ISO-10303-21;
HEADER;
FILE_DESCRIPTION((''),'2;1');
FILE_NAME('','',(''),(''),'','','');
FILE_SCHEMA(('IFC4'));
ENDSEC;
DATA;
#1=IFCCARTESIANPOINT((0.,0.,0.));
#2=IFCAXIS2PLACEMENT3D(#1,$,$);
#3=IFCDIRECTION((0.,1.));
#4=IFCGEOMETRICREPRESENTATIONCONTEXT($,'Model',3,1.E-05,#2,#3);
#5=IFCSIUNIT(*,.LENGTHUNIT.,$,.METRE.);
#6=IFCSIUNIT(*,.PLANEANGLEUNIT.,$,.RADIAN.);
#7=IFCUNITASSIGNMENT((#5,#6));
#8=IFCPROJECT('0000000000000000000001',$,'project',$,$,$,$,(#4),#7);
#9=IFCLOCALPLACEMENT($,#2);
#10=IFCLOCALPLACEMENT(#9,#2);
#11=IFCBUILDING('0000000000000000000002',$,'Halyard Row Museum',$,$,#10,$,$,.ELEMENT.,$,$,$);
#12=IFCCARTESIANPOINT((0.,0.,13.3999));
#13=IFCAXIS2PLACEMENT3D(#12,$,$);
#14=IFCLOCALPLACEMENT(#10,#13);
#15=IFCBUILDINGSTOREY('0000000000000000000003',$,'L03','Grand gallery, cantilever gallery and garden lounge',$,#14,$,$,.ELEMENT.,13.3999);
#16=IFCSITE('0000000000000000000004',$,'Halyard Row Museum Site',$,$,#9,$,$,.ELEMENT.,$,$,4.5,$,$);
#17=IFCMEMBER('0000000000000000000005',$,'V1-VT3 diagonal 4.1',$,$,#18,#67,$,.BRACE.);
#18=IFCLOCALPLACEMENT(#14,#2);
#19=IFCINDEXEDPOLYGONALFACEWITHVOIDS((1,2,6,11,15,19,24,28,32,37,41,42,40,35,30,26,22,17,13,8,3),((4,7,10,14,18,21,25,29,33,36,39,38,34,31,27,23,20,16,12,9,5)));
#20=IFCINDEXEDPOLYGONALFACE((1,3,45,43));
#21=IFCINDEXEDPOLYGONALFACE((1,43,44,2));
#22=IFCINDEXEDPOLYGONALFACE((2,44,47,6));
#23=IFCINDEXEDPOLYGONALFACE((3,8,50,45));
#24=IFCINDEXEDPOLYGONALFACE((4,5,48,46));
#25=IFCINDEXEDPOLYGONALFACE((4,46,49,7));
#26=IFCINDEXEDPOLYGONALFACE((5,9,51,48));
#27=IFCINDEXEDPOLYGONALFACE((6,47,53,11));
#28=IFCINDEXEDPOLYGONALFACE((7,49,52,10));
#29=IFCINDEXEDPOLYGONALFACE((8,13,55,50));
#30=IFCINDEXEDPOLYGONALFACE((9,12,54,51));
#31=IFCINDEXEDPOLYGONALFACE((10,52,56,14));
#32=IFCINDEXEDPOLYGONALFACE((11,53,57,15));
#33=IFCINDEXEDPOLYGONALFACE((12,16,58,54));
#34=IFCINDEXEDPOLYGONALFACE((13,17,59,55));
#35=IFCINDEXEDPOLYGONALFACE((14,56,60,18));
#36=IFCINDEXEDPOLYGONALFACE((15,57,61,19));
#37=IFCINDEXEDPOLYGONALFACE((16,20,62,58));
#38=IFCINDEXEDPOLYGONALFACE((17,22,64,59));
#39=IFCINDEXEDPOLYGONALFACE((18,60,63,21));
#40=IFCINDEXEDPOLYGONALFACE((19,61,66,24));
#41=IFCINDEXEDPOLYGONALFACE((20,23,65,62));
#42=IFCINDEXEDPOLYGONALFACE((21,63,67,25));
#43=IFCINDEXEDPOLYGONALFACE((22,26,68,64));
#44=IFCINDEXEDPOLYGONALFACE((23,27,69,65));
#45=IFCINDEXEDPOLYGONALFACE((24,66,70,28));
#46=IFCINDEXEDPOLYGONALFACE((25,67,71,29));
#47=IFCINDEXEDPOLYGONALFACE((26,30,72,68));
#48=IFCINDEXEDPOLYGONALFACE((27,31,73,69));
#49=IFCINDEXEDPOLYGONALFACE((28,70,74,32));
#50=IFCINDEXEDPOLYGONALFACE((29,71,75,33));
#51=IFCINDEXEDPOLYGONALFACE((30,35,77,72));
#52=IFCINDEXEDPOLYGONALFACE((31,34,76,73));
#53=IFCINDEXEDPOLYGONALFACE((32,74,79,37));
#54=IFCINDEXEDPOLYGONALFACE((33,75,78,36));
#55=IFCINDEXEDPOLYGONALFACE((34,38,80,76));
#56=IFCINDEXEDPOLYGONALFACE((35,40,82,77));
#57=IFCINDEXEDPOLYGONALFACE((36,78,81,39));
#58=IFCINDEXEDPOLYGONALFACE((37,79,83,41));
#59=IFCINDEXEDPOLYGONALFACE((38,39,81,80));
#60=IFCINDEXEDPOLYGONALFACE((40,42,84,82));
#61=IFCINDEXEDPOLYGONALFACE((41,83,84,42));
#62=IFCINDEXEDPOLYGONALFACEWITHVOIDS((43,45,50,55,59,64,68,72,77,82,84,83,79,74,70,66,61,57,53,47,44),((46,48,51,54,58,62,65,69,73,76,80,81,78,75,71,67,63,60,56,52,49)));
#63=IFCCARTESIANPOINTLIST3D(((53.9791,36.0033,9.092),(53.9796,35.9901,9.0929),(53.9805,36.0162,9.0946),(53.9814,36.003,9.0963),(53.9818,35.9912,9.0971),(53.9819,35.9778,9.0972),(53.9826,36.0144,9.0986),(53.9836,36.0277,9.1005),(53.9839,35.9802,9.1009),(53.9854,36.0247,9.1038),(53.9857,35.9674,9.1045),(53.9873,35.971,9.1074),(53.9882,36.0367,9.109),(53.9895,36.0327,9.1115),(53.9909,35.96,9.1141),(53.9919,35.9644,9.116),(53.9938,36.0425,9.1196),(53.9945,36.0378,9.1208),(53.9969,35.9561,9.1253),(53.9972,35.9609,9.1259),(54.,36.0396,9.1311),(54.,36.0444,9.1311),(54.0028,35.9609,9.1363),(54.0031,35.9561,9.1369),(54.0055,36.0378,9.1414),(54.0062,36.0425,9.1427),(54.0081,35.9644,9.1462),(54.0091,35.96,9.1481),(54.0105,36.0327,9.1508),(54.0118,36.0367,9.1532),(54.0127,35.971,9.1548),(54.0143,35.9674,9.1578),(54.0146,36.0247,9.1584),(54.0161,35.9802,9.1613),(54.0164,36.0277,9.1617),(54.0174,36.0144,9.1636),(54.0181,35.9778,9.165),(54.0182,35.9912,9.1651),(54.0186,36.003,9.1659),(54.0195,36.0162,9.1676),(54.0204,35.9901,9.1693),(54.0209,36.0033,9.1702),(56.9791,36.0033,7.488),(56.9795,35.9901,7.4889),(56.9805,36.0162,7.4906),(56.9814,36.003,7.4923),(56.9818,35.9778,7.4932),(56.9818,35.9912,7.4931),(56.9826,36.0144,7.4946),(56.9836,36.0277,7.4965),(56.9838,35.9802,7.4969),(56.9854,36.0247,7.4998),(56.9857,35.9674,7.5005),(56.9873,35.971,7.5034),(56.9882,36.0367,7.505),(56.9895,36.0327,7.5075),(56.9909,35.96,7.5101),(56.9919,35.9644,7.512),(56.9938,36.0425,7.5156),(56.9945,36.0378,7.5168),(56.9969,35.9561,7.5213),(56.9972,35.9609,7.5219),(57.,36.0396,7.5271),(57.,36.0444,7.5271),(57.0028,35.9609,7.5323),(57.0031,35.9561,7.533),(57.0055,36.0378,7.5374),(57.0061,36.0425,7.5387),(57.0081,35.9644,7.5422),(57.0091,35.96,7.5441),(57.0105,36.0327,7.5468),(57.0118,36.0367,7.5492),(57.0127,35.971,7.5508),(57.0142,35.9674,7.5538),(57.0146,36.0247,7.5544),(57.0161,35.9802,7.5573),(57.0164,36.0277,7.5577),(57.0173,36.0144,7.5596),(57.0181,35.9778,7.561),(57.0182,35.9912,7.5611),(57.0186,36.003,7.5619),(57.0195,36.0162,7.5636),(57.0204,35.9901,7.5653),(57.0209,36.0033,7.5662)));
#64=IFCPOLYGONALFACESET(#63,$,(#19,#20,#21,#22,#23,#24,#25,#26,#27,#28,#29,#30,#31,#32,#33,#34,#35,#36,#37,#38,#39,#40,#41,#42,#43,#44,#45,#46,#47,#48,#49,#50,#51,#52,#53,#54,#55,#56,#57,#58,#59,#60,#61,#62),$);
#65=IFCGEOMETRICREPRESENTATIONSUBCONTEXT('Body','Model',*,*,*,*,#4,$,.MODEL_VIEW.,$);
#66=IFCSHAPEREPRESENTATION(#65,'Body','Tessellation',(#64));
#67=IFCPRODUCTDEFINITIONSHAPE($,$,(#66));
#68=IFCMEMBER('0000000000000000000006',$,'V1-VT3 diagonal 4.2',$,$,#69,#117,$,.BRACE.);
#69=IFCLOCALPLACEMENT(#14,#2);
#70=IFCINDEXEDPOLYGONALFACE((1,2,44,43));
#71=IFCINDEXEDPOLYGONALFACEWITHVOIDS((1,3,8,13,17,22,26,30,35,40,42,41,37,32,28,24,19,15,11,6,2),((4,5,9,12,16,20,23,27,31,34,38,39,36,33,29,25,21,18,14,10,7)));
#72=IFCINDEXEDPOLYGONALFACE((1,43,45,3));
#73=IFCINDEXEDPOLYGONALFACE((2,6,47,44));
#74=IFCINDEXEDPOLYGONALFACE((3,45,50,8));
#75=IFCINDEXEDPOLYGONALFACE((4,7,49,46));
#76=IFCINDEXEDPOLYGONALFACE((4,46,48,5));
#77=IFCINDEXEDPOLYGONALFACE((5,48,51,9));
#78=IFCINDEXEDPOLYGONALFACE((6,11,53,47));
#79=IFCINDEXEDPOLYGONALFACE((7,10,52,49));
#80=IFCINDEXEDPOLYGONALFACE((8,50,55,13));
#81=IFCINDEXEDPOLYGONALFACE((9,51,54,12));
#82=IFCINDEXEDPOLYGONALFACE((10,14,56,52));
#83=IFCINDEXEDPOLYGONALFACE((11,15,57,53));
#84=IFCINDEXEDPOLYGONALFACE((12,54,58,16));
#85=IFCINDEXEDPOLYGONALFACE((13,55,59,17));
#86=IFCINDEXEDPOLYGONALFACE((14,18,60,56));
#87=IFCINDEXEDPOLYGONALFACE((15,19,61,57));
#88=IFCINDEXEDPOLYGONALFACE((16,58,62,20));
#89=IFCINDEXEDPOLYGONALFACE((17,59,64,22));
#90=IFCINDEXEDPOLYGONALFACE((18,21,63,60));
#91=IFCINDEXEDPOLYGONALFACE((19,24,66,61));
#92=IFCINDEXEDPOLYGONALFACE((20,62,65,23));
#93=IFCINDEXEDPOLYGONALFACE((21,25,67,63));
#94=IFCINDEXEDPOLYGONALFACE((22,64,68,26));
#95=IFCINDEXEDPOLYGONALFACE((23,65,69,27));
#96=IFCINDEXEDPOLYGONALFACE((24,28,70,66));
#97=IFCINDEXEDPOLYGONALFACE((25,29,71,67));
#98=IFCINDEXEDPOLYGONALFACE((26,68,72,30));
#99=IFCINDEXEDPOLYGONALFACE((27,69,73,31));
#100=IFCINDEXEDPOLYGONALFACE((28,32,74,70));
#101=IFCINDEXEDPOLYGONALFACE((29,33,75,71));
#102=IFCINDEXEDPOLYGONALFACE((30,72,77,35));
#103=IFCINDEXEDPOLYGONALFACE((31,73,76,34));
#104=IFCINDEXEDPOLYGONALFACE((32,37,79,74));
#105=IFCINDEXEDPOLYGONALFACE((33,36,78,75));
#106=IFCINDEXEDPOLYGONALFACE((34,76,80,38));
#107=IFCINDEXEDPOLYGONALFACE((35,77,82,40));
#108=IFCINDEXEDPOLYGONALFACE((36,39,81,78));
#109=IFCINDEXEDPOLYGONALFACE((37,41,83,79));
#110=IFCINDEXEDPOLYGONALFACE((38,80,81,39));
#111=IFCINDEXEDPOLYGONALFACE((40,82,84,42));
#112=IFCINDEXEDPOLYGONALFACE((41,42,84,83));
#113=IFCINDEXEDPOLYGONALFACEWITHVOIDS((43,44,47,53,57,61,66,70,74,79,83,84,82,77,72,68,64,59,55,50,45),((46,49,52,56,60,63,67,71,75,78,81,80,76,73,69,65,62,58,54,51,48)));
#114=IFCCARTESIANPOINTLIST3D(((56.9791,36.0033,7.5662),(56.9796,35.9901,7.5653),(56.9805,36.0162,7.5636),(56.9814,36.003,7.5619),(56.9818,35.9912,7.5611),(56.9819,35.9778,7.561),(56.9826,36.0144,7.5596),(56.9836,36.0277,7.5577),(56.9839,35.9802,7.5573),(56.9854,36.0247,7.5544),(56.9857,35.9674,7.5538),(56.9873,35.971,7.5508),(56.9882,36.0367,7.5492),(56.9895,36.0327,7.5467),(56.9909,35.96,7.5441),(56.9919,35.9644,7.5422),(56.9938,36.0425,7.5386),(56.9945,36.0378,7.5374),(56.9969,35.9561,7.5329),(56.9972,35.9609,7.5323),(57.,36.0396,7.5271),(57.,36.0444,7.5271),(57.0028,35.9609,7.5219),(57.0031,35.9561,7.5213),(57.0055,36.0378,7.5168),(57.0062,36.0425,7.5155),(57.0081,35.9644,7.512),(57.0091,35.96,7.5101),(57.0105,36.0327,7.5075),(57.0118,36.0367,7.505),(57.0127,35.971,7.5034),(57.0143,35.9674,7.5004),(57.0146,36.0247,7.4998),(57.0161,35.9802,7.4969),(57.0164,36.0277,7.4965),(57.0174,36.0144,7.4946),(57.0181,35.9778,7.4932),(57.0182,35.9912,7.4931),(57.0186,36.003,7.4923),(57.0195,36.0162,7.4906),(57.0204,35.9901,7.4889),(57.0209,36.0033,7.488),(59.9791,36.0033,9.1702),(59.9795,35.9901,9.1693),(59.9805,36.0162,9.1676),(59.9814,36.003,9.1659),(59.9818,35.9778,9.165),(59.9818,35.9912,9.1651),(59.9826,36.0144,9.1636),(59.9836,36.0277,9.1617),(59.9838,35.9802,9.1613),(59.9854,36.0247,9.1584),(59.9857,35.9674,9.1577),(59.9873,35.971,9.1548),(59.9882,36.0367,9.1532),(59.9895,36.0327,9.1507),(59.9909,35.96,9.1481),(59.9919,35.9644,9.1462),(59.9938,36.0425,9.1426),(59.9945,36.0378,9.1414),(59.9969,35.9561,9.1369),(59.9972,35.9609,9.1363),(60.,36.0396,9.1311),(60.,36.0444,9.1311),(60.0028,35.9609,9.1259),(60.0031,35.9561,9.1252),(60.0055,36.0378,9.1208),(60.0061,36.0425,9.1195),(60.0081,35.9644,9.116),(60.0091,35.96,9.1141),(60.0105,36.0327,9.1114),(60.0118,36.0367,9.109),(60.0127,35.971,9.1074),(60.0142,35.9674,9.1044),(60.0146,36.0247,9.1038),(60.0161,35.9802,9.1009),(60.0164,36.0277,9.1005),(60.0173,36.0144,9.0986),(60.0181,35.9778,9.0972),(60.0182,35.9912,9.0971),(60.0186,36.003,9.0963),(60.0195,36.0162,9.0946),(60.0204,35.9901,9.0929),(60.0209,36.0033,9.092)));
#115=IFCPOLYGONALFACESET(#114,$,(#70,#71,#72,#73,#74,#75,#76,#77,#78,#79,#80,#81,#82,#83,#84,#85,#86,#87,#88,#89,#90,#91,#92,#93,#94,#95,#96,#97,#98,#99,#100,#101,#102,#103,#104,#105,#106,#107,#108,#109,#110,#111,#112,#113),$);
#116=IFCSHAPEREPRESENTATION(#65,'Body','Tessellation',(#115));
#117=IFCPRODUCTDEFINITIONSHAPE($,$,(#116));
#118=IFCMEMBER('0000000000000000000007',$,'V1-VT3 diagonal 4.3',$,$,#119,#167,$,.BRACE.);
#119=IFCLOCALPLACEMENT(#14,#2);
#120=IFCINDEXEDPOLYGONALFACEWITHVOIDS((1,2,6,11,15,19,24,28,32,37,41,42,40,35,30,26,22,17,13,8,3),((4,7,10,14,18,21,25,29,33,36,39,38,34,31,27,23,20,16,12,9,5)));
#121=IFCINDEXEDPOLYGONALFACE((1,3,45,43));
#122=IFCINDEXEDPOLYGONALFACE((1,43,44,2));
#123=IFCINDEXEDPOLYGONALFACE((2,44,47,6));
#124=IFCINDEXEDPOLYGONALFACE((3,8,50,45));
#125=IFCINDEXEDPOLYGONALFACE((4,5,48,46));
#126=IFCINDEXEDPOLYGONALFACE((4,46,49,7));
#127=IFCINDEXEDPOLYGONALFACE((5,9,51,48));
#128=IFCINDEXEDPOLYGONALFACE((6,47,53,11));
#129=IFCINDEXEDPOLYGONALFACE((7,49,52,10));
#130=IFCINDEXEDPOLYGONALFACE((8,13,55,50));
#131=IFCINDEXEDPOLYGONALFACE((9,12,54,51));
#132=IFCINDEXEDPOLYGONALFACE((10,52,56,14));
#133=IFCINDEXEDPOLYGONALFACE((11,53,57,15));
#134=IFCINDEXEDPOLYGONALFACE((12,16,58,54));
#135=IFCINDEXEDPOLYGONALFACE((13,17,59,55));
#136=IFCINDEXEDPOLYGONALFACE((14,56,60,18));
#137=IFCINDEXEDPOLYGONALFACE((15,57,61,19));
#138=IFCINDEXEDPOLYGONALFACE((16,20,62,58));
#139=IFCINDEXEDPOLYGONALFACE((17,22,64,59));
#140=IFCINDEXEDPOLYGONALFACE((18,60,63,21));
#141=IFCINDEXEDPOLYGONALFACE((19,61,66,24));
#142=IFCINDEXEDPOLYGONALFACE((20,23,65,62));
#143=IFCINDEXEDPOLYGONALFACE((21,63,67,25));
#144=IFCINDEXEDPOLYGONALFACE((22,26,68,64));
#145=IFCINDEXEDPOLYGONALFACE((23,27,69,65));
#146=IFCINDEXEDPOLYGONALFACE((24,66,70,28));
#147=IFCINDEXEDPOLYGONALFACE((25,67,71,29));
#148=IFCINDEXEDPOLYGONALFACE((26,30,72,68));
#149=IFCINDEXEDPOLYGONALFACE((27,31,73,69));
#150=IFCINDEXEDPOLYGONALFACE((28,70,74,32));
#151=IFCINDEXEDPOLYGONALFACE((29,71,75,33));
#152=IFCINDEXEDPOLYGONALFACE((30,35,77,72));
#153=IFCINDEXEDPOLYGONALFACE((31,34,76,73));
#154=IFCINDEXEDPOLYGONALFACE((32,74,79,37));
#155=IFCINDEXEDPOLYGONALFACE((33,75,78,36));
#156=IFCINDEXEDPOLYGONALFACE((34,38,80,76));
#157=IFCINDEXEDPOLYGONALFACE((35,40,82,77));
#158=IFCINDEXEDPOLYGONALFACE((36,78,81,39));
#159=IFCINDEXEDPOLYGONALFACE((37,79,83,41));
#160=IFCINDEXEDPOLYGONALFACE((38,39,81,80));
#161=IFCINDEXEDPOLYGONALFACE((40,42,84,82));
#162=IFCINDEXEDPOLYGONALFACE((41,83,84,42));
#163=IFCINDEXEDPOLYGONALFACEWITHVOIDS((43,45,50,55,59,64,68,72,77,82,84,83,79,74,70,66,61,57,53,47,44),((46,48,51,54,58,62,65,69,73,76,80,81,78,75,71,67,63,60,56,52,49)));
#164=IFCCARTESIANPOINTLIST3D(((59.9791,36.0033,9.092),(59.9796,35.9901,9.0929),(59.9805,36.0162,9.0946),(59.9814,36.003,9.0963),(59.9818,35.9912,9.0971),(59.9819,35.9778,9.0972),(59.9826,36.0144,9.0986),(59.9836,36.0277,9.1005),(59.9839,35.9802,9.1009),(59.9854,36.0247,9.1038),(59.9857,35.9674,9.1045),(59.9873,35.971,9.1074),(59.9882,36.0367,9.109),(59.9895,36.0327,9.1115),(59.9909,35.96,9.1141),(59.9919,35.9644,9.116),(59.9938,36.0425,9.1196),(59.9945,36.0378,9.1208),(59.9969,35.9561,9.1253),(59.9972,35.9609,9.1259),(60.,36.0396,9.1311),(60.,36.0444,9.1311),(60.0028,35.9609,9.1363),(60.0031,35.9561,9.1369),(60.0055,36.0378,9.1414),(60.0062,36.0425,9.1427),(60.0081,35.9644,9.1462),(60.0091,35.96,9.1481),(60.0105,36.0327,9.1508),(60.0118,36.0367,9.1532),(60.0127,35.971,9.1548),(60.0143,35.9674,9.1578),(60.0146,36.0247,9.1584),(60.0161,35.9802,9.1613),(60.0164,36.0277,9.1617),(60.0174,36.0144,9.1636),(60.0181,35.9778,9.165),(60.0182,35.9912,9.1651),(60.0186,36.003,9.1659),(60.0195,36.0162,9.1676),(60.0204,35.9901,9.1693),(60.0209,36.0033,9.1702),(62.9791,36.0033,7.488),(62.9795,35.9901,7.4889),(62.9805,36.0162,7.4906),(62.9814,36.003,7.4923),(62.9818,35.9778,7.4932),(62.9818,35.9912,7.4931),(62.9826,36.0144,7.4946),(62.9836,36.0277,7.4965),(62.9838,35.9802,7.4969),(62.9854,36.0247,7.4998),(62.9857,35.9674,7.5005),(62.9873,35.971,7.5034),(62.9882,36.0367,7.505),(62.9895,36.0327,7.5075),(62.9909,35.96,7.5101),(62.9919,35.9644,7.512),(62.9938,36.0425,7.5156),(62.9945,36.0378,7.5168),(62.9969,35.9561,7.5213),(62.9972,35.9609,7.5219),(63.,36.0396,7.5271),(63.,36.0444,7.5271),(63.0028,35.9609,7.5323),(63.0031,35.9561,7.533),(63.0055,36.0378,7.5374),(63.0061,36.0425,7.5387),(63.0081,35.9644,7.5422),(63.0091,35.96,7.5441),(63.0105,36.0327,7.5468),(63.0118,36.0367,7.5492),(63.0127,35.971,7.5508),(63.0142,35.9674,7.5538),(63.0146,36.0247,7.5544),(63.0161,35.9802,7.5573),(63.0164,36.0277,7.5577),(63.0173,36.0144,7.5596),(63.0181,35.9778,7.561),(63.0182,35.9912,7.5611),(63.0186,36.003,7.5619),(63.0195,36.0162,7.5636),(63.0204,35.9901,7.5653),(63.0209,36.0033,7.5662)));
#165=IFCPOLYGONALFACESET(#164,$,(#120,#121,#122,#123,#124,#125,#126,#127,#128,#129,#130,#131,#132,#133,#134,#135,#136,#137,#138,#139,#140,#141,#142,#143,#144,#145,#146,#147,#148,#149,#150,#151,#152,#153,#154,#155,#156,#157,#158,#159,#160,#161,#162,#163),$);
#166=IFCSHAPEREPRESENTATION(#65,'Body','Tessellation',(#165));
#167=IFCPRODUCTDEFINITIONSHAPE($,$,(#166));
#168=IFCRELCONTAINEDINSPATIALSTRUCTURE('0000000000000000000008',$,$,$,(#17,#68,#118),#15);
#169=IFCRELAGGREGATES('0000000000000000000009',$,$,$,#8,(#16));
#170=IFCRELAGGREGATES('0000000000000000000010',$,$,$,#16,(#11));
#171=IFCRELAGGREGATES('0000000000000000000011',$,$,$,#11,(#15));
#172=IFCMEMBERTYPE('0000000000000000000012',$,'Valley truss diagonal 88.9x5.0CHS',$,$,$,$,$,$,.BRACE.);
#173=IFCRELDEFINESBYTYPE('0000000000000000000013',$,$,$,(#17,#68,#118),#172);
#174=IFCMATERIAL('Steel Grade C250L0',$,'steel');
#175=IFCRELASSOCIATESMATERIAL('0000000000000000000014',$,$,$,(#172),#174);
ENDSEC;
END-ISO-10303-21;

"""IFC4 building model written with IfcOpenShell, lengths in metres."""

from ifc_helpers import new_model, si_unit, direction, frame, origin, origin_2d, place, context, subcontext, project, spatial, hollow_circle, extrude, material, material_profile, profile_set, type_object, element, save


model = new_model("IFC4")

# Units and contexts
model_context = context("Model", 3, precision=1e-05, world=origin(), true_north=direction((0.0, 1.0)))
body_context = subcontext(model_context, "Body", "Model", "MODEL_VIEW")
ifc_project = project(units=[si_unit("LENGTHUNIT", "METRE"), si_unit("PLANEANGLEUNIT", "RADIAN")], contexts=[model_context])

# Site, building, storey
site_placement = place(None, origin())
site = spatial("IfcSite", under=ifc_project, at=site_placement, Name="Halyard Row Museum Site", CompositionType="ELEMENT", RefElevation=4.5)
building_placement = place(site_placement, origin())
building = spatial("IfcBuilding", under=site, at=building_placement, Name="Halyard Row Museum", CompositionType="ELEMENT")
storey_placement = place(building_placement, frame((0.0, 0.0, 13.3999)))
storey = spatial("IfcBuildingStorey", under=building, at=storey_placement, Name="L03", Description="Grand gallery, cantilever gallery and garden lounge", CompositionType="ELEMENT", Elevation=13.3999)

# Members
ifc_material_1 = material(Name="Steel Grade C250L0", Category="steel")
ifc_material_profile_1 = material_profile(ifc_material_1, hollow_circle(Radius=0.0444, WallThickness=0.0049, at=origin_2d()), Name="88.9x5.0CHS")
ifc_profile_set_1 = profile_set([ifc_material_profile_1], Name="Steel Grade C250L0")
member_type_1 = type_object("IfcMemberType", Name="Valley truss diagonal 88.9x5.0CHS", PredefinedType="BRACE", material=ifc_profile_set_1)
for number, where, z_axis, x_axis, name in (
    (1, (54.0, 36.0, 9.1311), (0.881864, 0.0, -0.471504), (0.0, 1.0, 0.0), "V1-VT3 diagonal 4.1"),
    (2, (57.0, 36.0, 7.5271), (0.881864, 0.0, 0.471504), (0.0, 1.0, 0.0), "V1-VT3 diagonal 4.2"),
    (3, (60.0, 36.0, 9.1311), (0.881864, 0.0, -0.471504), (0.0, 1.0, 0.0), "V1-VT3 diagonal 4.3"),
):
    element("IfcMember", number, at=place(storey_placement, frame(where, z_axis=z_axis, x_axis=x_axis)), inside=storey, type_object=member_type_1, Name=name, PredefinedType="BRACE", context=body_context, shape_type="SweptSolid", body=[
        extrude(hollow_circle(Radius=0.0444, WallThickness=0.0049, at=origin_2d()), origin(), (0.0, 0.0, 1.0), 3.4019),
    ])

save(model, "model.ifc")
